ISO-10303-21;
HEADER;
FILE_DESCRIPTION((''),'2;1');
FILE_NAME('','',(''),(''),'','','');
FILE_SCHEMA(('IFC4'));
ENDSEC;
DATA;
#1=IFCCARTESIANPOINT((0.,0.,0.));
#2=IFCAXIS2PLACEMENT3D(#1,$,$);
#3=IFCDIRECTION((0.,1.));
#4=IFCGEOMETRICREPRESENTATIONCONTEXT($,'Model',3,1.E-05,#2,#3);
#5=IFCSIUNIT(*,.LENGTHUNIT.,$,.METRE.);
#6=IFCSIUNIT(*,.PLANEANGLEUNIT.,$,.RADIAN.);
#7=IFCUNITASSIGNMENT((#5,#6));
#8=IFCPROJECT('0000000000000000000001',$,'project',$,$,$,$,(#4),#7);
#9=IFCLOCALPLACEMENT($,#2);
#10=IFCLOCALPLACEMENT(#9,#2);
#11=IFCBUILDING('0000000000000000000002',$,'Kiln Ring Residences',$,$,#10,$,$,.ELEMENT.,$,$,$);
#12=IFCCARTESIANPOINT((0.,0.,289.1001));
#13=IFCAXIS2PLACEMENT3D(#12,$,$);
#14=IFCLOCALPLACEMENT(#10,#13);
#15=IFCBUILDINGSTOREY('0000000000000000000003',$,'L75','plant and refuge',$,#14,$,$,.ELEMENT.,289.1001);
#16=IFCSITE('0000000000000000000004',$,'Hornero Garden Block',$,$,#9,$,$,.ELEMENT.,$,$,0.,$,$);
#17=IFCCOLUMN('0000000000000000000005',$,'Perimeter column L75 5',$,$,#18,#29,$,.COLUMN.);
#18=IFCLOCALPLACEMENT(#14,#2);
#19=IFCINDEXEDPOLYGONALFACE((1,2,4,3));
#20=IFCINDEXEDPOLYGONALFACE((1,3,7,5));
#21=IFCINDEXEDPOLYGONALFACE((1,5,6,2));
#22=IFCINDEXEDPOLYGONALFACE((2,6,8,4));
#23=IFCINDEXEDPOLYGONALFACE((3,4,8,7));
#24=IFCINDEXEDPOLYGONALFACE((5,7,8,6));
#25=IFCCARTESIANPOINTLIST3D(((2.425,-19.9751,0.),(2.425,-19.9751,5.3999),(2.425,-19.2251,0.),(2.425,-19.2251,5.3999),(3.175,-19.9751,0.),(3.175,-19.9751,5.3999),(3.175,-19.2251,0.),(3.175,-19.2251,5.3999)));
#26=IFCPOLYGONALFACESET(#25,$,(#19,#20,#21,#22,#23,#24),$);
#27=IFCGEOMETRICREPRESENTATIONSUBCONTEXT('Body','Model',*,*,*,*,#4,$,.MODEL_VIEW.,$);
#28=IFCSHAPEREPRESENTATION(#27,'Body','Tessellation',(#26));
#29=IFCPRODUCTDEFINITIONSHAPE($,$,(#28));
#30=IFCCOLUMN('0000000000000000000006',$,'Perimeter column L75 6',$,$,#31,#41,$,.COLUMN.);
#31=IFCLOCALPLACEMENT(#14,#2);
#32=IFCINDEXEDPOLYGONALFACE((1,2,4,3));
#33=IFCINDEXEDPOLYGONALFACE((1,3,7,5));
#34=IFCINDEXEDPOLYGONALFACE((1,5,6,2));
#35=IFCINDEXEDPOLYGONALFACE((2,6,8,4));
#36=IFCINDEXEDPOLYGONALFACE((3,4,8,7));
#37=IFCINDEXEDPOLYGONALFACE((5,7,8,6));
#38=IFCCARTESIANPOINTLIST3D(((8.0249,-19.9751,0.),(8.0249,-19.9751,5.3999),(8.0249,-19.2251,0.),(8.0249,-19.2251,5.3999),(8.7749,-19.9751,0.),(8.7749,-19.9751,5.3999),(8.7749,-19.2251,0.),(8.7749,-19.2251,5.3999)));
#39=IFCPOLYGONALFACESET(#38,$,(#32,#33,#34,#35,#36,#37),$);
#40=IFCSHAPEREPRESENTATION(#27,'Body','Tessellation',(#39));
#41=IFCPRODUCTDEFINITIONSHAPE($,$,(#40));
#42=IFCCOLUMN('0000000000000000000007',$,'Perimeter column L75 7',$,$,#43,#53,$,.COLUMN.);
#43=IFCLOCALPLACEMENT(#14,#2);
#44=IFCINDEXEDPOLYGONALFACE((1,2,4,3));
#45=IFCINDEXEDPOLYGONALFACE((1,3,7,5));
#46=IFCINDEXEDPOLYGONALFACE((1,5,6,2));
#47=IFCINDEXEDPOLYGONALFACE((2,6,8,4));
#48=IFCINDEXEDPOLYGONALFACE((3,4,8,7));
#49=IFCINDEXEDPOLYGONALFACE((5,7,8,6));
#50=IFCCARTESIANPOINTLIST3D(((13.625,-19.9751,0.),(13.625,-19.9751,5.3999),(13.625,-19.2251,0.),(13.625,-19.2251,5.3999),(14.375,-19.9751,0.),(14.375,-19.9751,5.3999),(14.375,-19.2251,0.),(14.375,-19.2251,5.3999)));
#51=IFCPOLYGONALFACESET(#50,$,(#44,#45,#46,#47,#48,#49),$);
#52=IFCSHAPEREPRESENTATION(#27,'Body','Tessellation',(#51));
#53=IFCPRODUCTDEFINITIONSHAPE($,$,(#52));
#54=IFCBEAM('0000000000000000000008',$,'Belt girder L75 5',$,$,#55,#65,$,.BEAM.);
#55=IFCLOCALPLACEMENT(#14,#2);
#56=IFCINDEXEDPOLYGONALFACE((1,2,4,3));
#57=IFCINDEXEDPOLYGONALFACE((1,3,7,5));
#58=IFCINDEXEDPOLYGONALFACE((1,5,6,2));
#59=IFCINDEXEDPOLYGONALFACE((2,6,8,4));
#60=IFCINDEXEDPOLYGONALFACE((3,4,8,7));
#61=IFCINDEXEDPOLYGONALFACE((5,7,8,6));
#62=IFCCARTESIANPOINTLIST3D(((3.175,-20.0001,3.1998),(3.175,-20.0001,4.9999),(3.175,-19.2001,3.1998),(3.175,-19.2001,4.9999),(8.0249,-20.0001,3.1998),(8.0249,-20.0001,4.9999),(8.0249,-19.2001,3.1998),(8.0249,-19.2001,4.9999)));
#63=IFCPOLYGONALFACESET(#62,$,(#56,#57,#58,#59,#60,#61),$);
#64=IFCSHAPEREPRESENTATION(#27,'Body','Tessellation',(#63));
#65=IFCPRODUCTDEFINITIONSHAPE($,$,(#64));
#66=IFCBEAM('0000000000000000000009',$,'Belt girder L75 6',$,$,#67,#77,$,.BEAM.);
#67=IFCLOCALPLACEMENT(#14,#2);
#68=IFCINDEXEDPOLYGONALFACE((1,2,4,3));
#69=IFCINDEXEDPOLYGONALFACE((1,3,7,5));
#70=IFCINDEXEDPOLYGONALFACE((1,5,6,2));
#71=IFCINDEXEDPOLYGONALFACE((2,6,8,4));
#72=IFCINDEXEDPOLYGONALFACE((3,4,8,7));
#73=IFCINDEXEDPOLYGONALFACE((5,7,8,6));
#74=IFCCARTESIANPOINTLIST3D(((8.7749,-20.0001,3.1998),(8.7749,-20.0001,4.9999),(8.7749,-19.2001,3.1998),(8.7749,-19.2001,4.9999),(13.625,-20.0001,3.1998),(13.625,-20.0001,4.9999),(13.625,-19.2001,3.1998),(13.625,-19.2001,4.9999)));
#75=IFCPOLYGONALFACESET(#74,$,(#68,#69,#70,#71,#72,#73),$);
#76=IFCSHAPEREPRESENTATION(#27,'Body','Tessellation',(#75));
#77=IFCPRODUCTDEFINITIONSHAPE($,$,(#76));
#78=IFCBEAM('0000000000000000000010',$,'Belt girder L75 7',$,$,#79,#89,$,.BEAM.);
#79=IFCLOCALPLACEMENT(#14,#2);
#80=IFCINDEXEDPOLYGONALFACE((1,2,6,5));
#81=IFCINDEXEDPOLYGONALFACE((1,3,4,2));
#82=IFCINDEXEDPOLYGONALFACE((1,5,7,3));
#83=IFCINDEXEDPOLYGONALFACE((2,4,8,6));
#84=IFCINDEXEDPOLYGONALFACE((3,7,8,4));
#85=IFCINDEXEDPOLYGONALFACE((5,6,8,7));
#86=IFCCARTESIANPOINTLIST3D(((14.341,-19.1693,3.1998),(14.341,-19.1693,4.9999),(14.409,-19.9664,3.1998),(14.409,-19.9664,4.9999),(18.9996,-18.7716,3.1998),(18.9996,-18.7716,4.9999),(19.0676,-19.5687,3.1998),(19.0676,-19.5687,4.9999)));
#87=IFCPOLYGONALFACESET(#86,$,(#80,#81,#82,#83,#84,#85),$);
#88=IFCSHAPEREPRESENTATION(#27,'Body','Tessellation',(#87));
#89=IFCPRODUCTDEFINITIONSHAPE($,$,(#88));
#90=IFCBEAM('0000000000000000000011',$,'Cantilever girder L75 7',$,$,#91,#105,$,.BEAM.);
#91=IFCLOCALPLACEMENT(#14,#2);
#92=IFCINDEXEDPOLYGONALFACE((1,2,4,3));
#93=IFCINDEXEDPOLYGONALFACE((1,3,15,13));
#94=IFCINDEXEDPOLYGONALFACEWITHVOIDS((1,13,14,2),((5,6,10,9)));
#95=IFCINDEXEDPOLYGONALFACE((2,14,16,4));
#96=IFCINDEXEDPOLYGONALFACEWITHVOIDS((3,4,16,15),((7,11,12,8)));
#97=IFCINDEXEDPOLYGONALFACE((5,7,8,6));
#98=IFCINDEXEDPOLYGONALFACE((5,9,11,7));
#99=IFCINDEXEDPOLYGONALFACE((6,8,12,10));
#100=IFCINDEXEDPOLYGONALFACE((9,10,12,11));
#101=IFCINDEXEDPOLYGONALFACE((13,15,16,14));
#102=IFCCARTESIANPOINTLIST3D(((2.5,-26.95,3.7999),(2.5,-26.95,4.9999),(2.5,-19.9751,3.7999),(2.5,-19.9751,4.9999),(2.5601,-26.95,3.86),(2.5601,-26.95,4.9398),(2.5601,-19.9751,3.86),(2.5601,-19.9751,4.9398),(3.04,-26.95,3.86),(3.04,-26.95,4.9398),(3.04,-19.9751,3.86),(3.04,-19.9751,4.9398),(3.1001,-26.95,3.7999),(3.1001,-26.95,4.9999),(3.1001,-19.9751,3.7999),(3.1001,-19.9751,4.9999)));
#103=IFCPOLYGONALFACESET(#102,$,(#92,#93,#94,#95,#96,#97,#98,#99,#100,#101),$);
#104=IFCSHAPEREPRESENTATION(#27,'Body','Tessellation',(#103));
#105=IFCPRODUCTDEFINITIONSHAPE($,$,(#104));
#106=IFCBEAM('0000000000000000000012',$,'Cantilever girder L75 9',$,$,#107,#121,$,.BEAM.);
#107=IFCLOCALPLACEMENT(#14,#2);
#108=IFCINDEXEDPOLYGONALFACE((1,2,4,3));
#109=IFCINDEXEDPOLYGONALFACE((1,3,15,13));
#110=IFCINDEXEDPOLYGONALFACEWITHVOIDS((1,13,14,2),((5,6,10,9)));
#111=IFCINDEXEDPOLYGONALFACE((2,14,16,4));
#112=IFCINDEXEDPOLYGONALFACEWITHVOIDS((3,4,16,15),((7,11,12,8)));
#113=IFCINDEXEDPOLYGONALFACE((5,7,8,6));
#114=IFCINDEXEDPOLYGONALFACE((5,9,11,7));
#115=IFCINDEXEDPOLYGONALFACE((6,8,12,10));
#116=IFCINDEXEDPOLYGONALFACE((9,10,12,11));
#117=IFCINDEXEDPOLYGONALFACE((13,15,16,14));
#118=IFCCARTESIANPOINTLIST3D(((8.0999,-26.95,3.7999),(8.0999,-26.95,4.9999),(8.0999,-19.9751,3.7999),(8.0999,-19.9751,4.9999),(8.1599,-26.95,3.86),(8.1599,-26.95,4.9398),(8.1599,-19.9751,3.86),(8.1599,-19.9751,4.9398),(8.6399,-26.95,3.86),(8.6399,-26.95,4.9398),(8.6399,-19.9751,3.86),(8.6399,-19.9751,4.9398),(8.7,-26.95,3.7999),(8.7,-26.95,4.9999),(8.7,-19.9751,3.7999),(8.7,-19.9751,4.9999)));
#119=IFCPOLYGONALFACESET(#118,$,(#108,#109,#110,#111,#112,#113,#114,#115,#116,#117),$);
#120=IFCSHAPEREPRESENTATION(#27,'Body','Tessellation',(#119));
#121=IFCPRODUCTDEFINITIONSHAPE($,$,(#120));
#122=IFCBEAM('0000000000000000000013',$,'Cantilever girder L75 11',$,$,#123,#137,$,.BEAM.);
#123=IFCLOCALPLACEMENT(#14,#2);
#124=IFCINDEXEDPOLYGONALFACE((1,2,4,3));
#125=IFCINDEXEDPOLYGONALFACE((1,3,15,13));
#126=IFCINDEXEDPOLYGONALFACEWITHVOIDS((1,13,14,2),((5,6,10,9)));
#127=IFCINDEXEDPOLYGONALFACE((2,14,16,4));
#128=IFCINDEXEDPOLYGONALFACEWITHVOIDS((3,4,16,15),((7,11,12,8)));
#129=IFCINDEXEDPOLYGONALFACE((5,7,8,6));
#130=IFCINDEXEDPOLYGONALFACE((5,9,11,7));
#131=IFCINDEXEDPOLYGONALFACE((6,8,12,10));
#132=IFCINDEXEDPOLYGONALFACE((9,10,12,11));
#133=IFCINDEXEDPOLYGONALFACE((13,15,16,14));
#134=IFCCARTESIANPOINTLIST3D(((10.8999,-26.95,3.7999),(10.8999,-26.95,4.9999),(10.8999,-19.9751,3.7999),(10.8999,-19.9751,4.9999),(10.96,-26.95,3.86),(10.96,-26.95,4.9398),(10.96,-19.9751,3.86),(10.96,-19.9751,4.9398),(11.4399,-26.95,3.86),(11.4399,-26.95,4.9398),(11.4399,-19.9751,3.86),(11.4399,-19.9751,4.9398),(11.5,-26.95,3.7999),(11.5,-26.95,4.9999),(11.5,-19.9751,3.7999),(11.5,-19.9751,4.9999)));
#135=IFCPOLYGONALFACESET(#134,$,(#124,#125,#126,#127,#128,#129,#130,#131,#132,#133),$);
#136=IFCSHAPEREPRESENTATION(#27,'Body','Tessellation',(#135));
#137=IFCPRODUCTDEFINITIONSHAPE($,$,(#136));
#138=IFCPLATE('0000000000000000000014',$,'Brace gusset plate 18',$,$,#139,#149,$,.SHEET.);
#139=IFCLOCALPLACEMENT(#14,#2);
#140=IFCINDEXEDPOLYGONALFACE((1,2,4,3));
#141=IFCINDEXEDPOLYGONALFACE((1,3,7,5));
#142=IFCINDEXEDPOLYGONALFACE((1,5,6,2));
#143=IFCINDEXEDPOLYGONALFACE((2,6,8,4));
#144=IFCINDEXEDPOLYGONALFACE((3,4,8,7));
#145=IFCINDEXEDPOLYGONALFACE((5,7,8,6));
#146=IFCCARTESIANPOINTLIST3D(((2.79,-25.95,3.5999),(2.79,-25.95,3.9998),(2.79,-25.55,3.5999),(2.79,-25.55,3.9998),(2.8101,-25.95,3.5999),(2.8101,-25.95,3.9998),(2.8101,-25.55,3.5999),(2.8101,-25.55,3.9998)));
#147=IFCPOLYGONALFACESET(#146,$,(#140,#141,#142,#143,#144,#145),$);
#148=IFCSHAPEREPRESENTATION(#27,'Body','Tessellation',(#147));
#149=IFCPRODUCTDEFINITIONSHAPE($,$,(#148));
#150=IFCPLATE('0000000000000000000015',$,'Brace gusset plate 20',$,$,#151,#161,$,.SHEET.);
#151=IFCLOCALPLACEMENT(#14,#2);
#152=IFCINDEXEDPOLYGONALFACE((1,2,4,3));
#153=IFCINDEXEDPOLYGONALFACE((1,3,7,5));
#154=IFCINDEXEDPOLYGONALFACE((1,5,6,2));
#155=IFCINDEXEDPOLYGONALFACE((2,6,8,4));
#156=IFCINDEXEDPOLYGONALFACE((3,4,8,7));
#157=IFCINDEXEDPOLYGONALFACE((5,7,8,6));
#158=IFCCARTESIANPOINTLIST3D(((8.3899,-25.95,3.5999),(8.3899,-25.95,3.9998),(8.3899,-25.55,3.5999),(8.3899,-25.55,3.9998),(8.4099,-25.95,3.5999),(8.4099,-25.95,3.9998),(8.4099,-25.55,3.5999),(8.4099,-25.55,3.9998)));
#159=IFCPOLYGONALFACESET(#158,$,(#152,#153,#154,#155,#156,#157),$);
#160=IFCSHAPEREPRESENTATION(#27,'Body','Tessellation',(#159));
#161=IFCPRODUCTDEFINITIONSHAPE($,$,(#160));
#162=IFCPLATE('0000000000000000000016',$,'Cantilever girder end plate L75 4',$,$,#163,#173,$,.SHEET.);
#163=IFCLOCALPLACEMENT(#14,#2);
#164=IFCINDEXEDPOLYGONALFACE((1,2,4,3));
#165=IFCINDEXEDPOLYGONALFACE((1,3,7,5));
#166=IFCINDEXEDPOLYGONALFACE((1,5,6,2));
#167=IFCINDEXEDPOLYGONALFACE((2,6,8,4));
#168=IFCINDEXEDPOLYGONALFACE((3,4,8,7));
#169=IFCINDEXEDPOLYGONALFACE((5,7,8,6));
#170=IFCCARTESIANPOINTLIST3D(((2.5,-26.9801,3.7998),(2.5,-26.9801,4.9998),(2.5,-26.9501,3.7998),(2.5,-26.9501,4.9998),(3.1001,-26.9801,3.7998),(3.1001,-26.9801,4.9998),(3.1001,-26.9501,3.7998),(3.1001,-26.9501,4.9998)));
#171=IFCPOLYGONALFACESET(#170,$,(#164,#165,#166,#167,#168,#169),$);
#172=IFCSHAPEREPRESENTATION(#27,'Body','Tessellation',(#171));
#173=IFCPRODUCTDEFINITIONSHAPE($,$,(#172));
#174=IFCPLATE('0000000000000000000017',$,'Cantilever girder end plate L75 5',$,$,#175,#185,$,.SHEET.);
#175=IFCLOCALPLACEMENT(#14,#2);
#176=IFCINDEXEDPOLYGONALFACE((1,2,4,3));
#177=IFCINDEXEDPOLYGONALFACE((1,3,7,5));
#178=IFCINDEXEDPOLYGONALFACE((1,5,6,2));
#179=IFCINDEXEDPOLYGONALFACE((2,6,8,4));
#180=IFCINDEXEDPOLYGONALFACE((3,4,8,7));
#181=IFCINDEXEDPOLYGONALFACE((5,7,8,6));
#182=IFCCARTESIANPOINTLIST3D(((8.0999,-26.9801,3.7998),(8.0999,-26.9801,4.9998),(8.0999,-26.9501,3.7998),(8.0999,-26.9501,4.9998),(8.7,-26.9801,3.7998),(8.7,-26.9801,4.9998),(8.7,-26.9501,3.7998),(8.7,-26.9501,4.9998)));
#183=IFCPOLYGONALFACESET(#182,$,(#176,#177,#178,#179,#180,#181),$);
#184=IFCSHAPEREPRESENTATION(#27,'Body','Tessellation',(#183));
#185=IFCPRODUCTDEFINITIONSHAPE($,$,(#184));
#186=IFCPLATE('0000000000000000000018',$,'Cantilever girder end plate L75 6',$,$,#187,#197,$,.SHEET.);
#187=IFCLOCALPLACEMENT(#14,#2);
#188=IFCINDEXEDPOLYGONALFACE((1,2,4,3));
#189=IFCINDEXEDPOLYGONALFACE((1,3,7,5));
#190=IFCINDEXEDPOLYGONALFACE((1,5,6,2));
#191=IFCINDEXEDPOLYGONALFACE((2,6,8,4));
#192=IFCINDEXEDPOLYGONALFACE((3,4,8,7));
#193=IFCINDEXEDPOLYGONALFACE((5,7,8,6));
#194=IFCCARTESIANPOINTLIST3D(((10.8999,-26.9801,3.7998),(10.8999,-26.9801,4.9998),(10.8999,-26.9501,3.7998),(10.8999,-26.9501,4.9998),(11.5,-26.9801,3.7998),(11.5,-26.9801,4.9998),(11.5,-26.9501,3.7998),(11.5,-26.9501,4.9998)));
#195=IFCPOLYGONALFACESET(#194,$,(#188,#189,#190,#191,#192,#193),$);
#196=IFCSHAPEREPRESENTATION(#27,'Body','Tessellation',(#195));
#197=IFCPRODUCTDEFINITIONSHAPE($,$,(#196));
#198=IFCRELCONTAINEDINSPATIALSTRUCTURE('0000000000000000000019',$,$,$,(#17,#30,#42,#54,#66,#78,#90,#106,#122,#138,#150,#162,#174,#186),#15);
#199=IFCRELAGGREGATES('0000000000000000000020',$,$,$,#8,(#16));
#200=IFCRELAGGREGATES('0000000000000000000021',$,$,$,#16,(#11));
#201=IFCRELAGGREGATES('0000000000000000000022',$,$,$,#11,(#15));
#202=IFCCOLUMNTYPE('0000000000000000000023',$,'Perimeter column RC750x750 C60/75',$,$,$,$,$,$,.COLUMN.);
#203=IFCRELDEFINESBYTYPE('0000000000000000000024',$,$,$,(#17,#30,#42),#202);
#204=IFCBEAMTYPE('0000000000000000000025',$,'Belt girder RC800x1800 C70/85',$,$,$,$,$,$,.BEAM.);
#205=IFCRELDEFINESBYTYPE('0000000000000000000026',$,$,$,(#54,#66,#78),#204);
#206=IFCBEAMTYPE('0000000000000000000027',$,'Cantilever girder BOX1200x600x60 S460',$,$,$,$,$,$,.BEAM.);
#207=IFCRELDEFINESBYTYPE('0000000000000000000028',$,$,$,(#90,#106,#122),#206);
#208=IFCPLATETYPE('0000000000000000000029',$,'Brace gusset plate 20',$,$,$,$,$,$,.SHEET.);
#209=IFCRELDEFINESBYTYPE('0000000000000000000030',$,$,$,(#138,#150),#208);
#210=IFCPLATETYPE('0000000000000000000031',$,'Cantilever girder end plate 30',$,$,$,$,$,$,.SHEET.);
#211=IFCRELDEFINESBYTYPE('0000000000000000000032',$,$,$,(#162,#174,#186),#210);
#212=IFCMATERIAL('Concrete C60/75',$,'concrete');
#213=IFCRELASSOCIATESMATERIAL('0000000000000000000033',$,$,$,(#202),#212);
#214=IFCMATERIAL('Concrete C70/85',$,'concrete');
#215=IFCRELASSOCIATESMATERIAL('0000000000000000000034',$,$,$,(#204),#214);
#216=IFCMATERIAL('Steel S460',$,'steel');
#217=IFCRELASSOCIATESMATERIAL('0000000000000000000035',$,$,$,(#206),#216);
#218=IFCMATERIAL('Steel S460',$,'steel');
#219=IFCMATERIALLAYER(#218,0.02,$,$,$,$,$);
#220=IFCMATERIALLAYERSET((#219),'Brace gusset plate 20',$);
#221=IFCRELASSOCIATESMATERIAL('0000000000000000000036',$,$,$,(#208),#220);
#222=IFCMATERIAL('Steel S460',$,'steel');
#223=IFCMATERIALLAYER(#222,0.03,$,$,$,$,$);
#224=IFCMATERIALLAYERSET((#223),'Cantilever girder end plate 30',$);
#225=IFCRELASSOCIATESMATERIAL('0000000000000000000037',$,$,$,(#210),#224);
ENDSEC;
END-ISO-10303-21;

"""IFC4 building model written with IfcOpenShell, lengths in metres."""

from ifc_helpers import new_model, si_unit, direction, frame, origin, origin_2d, place, context, subcontext, project, spatial, rectangle, hollow_rectangle, extrude, material, layer, layer_set, material_profile, profile_set, type_object, element, save


model = new_model("IFC4")

# Units and contexts
model_context = context("Model", 3, precision=1e-05, world=origin(), true_north=direction((0.0, 1.0)))
body_context = subcontext(model_context, "Body", "Model", "MODEL_VIEW")
ifc_project = project(units=[si_unit("LENGTHUNIT", "METRE"), si_unit("PLANEANGLEUNIT", "RADIAN")], contexts=[model_context])

# Site, building, storey
site_placement = place(None, origin())
site = spatial("IfcSite", under=ifc_project, at=site_placement, Name="Hornero Garden Block", CompositionType="ELEMENT", RefElevation=0.0)
building_placement = place(site_placement, origin())
building = spatial("IfcBuilding", under=site, at=building_placement, Name="Kiln Ring Residences", CompositionType="ELEMENT")
storey_placement = place(building_placement, frame((0.0, 0.0, 289.1001)))
storey = spatial("IfcBuildingStorey", under=building, at=storey_placement, Name="L75", Description="plant and refuge", CompositionType="ELEMENT", Elevation=289.1001)

# Columns
ifc_material_1 = material(Name="Concrete C60/75", Category="concrete")
ifc_material_profile_1 = material_profile(ifc_material_1, rectangle(XDim=0.75, YDim=0.75, at=origin_2d()), Name="RC750x750")
ifc_profile_set_1 = profile_set([ifc_material_profile_1], Name="Concrete C60/75")
column_type = type_object("IfcColumnType", Name="Perimeter column RC750x750 C60/75", PredefinedType="COLUMN", material=ifc_profile_set_1)
for number, where, z_axis, x_axis, name in (
    (1, (2.8, -19.6001, 0.0), (0.0, 0.0, 1.0), (1.0, 0.0, 0.0), "Perimeter column L75 5"),
    (2, (8.3999, -19.6001, 0.0), (0.0, 0.0, 1.0), (1.0, 0.0, 0.0), "Perimeter column L75 6"),
    (3, (14.0, -19.6001, 0.0), (0.0, 0.0, 1.0), (1.0, 0.0, 0.0), "Perimeter column L75 7"),
):
    element("IfcColumn", number, at=place(storey_placement, frame(where, z_axis=z_axis, x_axis=x_axis)), inside=storey, type_object=column_type, Name=name, PredefinedType="COLUMN", context=body_context, shape_type="SweptSolid", body=[
        extrude(rectangle(XDim=0.75, YDim=0.75, at=origin_2d()), origin(), (0.0, 0.0, 1.0), 5.3999),
    ])

# Beams
ifc_material_2 = material(Name="Concrete C70/85", Category="concrete")
ifc_material_profile_2 = material_profile(ifc_material_2, rectangle(XDim=0.8, YDim=1.8, at=origin_2d()), Name="RC800x1800")
ifc_profile_set_2 = profile_set([ifc_material_profile_2], Name="Concrete C70/85")
beam_type_1 = type_object("IfcBeamType", Name="Belt girder RC800x1800 C70/85", PredefinedType="BEAM", material=ifc_profile_set_2)
beam_1_placement = place(storey_placement, frame((3.175, -19.6001, 4.0999), z_axis=(1.0, 0.0, 0.0), x_axis=(0.0, 1.0, 0.0)))
element("IfcBeam", 4, at=beam_1_placement, inside=storey, type_object=beam_type_1, Name="Belt girder L75 5", PredefinedType="BEAM", context=body_context, shape_type="SweptSolid", body=[
    extrude(rectangle(XDim=0.8, YDim=1.8, at=origin_2d()), origin(), (0.0, 0.0, 1.0), 4.8499),
])
beam_2_placement = place(storey_placement, frame((8.7749, -19.6001, 4.0999), z_axis=(1.0, 0.0, 0.0), x_axis=(0.0, 1.0, 0.0)))
element("IfcBeam", 5, at=beam_2_placement, inside=storey, type_object=beam_type_1, Name="Belt girder L75 6", PredefinedType="BEAM", context=body_context, shape_type="SweptSolid", body=[
    extrude(rectangle(XDim=0.8, YDim=1.8, at=origin_2d()), origin(), (0.0, 0.0, 1.0), 4.8501),
])
beam_3_placement = place(storey_placement, frame((14.375, -19.5679, 4.0999), z_axis=(0.996376, 0.085059, 0.0), x_axis=(-0.085059, 0.996376, 0.0)))
element("IfcBeam", 6, at=beam_3_placement, inside=storey, type_object=beam_type_1, Name="Belt girder L75 7", PredefinedType="BEAM", context=body_context, shape_type="SweptSolid", body=[
    extrude(rectangle(XDim=0.8, YDim=1.8, at=origin_2d()), origin(), (0.0, 0.0, 1.0), 4.6755),
])
ifc_material_3 = material(Name="Steel S460", Category="steel")
ifc_material_profile_3 = material_profile(ifc_material_3, hollow_rectangle(XDim=0.6001, YDim=1.2, WallThickness=0.0601, at=origin_2d()), Name="BOX1200x600x60")
ifc_profile_set_3 = profile_set([ifc_material_profile_3], Name="Steel S460")
beam_type_2 = type_object("IfcBeamType", Name="Cantilever girder BOX1200x600x60 S460", PredefinedType="BEAM", material=ifc_profile_set_3)
for number, where, z_axis, x_axis, name in (
    (7, (2.8, -26.95, 4.3999), (0.0, 1.0, 0.0), (-1.0, 0.0, 0.0), "Cantilever girder L75 7"),
    (8, (8.3999, -26.95, 4.3999), (0.0, 1.0, 0.0), (-1.0, 0.0, 0.0), "Cantilever girder L75 9"),
    (9, (11.2, -26.95, 4.3999), (0.0, 1.0, 0.0), (-1.0, 0.0, 0.0), "Cantilever girder L75 11"),
):
    element("IfcBeam", number, at=place(storey_placement, frame(where, z_axis=z_axis, x_axis=x_axis)), inside=storey, type_object=beam_type_2, Name=name, PredefinedType="BEAM", context=body_context, shape_type="SweptSolid", body=[
        extrude(hollow_rectangle(XDim=0.6001, YDim=1.2, WallThickness=0.0601, at=origin_2d()), origin(), (0.0, 0.0, 1.0), 6.9749),
    ])

# Plates
ifc_material_4 = material(Name="Steel S460", Category="steel")
ifc_layer_1 = layer(ifc_material_4, 0.02)
ifc_layer_set_1 = layer_set([ifc_layer_1], Name="Brace gusset plate 20")
plate_type_1 = type_object("IfcPlateType", Name="Brace gusset plate 20", PredefinedType="SHEET", material=ifc_layer_set_1)
for number, where, z_axis, x_axis, name in (
    (10, (2.8, -25.75, 3.5999), (0.0, 0.0, 1.0), (1.0, 0.0, 0.0), "Brace gusset plate 18"),
    (11, (8.3999, -25.75, 3.5999), (0.0, 0.0, 1.0), (1.0, 0.0, 0.0), "Brace gusset plate 20"),
):
    element("IfcPlate", number, at=place(storey_placement, frame(where, z_axis=z_axis, x_axis=x_axis)), inside=storey, type_object=plate_type_1, Name=name, PredefinedType="SHEET", context=body_context, shape_type="SweptSolid", body=[
        extrude(rectangle(XDim=0.02, YDim=0.3999, at=origin_2d()), origin(), (0.0, 0.0, 1.0), 0.3999),
    ])
ifc_material_5 = material(Name="Steel S460", Category="steel")
ifc_layer_2 = layer(ifc_material_5, 0.03)
ifc_layer_set_2 = layer_set([ifc_layer_2], Name="Cantilever girder end plate 30")
plate_type_2 = type_object("IfcPlateType", Name="Cantilever girder end plate 30", PredefinedType="SHEET", material=ifc_layer_set_2)
for number, where, z_axis, x_axis, name in (
    (12, (2.8, -26.9651, 3.7998), (0.0, 0.0, 1.0), (1.0, 0.0, 0.0), "Cantilever girder end plate L75 4"),
    (13, (8.3999, -26.9651, 3.7998), (0.0, 0.0, 1.0), (1.0, 0.0, 0.0), "Cantilever girder end plate L75 5"),
    (14, (11.2, -26.9651, 3.7998), (0.0, 0.0, 1.0), (1.0, 0.0, 0.0), "Cantilever girder end plate L75 6"),
):
    element("IfcPlate", number, at=place(storey_placement, frame(where, z_axis=z_axis, x_axis=x_axis)), inside=storey, type_object=plate_type_2, Name=name, PredefinedType="SHEET", context=body_context, shape_type="SweptSolid", body=[
        extrude(rectangle(XDim=0.6001, YDim=0.03, at=origin_2d()), origin(), (0.0, 0.0, 1.0), 1.2),
    ])

save(model, "model.ifc")
